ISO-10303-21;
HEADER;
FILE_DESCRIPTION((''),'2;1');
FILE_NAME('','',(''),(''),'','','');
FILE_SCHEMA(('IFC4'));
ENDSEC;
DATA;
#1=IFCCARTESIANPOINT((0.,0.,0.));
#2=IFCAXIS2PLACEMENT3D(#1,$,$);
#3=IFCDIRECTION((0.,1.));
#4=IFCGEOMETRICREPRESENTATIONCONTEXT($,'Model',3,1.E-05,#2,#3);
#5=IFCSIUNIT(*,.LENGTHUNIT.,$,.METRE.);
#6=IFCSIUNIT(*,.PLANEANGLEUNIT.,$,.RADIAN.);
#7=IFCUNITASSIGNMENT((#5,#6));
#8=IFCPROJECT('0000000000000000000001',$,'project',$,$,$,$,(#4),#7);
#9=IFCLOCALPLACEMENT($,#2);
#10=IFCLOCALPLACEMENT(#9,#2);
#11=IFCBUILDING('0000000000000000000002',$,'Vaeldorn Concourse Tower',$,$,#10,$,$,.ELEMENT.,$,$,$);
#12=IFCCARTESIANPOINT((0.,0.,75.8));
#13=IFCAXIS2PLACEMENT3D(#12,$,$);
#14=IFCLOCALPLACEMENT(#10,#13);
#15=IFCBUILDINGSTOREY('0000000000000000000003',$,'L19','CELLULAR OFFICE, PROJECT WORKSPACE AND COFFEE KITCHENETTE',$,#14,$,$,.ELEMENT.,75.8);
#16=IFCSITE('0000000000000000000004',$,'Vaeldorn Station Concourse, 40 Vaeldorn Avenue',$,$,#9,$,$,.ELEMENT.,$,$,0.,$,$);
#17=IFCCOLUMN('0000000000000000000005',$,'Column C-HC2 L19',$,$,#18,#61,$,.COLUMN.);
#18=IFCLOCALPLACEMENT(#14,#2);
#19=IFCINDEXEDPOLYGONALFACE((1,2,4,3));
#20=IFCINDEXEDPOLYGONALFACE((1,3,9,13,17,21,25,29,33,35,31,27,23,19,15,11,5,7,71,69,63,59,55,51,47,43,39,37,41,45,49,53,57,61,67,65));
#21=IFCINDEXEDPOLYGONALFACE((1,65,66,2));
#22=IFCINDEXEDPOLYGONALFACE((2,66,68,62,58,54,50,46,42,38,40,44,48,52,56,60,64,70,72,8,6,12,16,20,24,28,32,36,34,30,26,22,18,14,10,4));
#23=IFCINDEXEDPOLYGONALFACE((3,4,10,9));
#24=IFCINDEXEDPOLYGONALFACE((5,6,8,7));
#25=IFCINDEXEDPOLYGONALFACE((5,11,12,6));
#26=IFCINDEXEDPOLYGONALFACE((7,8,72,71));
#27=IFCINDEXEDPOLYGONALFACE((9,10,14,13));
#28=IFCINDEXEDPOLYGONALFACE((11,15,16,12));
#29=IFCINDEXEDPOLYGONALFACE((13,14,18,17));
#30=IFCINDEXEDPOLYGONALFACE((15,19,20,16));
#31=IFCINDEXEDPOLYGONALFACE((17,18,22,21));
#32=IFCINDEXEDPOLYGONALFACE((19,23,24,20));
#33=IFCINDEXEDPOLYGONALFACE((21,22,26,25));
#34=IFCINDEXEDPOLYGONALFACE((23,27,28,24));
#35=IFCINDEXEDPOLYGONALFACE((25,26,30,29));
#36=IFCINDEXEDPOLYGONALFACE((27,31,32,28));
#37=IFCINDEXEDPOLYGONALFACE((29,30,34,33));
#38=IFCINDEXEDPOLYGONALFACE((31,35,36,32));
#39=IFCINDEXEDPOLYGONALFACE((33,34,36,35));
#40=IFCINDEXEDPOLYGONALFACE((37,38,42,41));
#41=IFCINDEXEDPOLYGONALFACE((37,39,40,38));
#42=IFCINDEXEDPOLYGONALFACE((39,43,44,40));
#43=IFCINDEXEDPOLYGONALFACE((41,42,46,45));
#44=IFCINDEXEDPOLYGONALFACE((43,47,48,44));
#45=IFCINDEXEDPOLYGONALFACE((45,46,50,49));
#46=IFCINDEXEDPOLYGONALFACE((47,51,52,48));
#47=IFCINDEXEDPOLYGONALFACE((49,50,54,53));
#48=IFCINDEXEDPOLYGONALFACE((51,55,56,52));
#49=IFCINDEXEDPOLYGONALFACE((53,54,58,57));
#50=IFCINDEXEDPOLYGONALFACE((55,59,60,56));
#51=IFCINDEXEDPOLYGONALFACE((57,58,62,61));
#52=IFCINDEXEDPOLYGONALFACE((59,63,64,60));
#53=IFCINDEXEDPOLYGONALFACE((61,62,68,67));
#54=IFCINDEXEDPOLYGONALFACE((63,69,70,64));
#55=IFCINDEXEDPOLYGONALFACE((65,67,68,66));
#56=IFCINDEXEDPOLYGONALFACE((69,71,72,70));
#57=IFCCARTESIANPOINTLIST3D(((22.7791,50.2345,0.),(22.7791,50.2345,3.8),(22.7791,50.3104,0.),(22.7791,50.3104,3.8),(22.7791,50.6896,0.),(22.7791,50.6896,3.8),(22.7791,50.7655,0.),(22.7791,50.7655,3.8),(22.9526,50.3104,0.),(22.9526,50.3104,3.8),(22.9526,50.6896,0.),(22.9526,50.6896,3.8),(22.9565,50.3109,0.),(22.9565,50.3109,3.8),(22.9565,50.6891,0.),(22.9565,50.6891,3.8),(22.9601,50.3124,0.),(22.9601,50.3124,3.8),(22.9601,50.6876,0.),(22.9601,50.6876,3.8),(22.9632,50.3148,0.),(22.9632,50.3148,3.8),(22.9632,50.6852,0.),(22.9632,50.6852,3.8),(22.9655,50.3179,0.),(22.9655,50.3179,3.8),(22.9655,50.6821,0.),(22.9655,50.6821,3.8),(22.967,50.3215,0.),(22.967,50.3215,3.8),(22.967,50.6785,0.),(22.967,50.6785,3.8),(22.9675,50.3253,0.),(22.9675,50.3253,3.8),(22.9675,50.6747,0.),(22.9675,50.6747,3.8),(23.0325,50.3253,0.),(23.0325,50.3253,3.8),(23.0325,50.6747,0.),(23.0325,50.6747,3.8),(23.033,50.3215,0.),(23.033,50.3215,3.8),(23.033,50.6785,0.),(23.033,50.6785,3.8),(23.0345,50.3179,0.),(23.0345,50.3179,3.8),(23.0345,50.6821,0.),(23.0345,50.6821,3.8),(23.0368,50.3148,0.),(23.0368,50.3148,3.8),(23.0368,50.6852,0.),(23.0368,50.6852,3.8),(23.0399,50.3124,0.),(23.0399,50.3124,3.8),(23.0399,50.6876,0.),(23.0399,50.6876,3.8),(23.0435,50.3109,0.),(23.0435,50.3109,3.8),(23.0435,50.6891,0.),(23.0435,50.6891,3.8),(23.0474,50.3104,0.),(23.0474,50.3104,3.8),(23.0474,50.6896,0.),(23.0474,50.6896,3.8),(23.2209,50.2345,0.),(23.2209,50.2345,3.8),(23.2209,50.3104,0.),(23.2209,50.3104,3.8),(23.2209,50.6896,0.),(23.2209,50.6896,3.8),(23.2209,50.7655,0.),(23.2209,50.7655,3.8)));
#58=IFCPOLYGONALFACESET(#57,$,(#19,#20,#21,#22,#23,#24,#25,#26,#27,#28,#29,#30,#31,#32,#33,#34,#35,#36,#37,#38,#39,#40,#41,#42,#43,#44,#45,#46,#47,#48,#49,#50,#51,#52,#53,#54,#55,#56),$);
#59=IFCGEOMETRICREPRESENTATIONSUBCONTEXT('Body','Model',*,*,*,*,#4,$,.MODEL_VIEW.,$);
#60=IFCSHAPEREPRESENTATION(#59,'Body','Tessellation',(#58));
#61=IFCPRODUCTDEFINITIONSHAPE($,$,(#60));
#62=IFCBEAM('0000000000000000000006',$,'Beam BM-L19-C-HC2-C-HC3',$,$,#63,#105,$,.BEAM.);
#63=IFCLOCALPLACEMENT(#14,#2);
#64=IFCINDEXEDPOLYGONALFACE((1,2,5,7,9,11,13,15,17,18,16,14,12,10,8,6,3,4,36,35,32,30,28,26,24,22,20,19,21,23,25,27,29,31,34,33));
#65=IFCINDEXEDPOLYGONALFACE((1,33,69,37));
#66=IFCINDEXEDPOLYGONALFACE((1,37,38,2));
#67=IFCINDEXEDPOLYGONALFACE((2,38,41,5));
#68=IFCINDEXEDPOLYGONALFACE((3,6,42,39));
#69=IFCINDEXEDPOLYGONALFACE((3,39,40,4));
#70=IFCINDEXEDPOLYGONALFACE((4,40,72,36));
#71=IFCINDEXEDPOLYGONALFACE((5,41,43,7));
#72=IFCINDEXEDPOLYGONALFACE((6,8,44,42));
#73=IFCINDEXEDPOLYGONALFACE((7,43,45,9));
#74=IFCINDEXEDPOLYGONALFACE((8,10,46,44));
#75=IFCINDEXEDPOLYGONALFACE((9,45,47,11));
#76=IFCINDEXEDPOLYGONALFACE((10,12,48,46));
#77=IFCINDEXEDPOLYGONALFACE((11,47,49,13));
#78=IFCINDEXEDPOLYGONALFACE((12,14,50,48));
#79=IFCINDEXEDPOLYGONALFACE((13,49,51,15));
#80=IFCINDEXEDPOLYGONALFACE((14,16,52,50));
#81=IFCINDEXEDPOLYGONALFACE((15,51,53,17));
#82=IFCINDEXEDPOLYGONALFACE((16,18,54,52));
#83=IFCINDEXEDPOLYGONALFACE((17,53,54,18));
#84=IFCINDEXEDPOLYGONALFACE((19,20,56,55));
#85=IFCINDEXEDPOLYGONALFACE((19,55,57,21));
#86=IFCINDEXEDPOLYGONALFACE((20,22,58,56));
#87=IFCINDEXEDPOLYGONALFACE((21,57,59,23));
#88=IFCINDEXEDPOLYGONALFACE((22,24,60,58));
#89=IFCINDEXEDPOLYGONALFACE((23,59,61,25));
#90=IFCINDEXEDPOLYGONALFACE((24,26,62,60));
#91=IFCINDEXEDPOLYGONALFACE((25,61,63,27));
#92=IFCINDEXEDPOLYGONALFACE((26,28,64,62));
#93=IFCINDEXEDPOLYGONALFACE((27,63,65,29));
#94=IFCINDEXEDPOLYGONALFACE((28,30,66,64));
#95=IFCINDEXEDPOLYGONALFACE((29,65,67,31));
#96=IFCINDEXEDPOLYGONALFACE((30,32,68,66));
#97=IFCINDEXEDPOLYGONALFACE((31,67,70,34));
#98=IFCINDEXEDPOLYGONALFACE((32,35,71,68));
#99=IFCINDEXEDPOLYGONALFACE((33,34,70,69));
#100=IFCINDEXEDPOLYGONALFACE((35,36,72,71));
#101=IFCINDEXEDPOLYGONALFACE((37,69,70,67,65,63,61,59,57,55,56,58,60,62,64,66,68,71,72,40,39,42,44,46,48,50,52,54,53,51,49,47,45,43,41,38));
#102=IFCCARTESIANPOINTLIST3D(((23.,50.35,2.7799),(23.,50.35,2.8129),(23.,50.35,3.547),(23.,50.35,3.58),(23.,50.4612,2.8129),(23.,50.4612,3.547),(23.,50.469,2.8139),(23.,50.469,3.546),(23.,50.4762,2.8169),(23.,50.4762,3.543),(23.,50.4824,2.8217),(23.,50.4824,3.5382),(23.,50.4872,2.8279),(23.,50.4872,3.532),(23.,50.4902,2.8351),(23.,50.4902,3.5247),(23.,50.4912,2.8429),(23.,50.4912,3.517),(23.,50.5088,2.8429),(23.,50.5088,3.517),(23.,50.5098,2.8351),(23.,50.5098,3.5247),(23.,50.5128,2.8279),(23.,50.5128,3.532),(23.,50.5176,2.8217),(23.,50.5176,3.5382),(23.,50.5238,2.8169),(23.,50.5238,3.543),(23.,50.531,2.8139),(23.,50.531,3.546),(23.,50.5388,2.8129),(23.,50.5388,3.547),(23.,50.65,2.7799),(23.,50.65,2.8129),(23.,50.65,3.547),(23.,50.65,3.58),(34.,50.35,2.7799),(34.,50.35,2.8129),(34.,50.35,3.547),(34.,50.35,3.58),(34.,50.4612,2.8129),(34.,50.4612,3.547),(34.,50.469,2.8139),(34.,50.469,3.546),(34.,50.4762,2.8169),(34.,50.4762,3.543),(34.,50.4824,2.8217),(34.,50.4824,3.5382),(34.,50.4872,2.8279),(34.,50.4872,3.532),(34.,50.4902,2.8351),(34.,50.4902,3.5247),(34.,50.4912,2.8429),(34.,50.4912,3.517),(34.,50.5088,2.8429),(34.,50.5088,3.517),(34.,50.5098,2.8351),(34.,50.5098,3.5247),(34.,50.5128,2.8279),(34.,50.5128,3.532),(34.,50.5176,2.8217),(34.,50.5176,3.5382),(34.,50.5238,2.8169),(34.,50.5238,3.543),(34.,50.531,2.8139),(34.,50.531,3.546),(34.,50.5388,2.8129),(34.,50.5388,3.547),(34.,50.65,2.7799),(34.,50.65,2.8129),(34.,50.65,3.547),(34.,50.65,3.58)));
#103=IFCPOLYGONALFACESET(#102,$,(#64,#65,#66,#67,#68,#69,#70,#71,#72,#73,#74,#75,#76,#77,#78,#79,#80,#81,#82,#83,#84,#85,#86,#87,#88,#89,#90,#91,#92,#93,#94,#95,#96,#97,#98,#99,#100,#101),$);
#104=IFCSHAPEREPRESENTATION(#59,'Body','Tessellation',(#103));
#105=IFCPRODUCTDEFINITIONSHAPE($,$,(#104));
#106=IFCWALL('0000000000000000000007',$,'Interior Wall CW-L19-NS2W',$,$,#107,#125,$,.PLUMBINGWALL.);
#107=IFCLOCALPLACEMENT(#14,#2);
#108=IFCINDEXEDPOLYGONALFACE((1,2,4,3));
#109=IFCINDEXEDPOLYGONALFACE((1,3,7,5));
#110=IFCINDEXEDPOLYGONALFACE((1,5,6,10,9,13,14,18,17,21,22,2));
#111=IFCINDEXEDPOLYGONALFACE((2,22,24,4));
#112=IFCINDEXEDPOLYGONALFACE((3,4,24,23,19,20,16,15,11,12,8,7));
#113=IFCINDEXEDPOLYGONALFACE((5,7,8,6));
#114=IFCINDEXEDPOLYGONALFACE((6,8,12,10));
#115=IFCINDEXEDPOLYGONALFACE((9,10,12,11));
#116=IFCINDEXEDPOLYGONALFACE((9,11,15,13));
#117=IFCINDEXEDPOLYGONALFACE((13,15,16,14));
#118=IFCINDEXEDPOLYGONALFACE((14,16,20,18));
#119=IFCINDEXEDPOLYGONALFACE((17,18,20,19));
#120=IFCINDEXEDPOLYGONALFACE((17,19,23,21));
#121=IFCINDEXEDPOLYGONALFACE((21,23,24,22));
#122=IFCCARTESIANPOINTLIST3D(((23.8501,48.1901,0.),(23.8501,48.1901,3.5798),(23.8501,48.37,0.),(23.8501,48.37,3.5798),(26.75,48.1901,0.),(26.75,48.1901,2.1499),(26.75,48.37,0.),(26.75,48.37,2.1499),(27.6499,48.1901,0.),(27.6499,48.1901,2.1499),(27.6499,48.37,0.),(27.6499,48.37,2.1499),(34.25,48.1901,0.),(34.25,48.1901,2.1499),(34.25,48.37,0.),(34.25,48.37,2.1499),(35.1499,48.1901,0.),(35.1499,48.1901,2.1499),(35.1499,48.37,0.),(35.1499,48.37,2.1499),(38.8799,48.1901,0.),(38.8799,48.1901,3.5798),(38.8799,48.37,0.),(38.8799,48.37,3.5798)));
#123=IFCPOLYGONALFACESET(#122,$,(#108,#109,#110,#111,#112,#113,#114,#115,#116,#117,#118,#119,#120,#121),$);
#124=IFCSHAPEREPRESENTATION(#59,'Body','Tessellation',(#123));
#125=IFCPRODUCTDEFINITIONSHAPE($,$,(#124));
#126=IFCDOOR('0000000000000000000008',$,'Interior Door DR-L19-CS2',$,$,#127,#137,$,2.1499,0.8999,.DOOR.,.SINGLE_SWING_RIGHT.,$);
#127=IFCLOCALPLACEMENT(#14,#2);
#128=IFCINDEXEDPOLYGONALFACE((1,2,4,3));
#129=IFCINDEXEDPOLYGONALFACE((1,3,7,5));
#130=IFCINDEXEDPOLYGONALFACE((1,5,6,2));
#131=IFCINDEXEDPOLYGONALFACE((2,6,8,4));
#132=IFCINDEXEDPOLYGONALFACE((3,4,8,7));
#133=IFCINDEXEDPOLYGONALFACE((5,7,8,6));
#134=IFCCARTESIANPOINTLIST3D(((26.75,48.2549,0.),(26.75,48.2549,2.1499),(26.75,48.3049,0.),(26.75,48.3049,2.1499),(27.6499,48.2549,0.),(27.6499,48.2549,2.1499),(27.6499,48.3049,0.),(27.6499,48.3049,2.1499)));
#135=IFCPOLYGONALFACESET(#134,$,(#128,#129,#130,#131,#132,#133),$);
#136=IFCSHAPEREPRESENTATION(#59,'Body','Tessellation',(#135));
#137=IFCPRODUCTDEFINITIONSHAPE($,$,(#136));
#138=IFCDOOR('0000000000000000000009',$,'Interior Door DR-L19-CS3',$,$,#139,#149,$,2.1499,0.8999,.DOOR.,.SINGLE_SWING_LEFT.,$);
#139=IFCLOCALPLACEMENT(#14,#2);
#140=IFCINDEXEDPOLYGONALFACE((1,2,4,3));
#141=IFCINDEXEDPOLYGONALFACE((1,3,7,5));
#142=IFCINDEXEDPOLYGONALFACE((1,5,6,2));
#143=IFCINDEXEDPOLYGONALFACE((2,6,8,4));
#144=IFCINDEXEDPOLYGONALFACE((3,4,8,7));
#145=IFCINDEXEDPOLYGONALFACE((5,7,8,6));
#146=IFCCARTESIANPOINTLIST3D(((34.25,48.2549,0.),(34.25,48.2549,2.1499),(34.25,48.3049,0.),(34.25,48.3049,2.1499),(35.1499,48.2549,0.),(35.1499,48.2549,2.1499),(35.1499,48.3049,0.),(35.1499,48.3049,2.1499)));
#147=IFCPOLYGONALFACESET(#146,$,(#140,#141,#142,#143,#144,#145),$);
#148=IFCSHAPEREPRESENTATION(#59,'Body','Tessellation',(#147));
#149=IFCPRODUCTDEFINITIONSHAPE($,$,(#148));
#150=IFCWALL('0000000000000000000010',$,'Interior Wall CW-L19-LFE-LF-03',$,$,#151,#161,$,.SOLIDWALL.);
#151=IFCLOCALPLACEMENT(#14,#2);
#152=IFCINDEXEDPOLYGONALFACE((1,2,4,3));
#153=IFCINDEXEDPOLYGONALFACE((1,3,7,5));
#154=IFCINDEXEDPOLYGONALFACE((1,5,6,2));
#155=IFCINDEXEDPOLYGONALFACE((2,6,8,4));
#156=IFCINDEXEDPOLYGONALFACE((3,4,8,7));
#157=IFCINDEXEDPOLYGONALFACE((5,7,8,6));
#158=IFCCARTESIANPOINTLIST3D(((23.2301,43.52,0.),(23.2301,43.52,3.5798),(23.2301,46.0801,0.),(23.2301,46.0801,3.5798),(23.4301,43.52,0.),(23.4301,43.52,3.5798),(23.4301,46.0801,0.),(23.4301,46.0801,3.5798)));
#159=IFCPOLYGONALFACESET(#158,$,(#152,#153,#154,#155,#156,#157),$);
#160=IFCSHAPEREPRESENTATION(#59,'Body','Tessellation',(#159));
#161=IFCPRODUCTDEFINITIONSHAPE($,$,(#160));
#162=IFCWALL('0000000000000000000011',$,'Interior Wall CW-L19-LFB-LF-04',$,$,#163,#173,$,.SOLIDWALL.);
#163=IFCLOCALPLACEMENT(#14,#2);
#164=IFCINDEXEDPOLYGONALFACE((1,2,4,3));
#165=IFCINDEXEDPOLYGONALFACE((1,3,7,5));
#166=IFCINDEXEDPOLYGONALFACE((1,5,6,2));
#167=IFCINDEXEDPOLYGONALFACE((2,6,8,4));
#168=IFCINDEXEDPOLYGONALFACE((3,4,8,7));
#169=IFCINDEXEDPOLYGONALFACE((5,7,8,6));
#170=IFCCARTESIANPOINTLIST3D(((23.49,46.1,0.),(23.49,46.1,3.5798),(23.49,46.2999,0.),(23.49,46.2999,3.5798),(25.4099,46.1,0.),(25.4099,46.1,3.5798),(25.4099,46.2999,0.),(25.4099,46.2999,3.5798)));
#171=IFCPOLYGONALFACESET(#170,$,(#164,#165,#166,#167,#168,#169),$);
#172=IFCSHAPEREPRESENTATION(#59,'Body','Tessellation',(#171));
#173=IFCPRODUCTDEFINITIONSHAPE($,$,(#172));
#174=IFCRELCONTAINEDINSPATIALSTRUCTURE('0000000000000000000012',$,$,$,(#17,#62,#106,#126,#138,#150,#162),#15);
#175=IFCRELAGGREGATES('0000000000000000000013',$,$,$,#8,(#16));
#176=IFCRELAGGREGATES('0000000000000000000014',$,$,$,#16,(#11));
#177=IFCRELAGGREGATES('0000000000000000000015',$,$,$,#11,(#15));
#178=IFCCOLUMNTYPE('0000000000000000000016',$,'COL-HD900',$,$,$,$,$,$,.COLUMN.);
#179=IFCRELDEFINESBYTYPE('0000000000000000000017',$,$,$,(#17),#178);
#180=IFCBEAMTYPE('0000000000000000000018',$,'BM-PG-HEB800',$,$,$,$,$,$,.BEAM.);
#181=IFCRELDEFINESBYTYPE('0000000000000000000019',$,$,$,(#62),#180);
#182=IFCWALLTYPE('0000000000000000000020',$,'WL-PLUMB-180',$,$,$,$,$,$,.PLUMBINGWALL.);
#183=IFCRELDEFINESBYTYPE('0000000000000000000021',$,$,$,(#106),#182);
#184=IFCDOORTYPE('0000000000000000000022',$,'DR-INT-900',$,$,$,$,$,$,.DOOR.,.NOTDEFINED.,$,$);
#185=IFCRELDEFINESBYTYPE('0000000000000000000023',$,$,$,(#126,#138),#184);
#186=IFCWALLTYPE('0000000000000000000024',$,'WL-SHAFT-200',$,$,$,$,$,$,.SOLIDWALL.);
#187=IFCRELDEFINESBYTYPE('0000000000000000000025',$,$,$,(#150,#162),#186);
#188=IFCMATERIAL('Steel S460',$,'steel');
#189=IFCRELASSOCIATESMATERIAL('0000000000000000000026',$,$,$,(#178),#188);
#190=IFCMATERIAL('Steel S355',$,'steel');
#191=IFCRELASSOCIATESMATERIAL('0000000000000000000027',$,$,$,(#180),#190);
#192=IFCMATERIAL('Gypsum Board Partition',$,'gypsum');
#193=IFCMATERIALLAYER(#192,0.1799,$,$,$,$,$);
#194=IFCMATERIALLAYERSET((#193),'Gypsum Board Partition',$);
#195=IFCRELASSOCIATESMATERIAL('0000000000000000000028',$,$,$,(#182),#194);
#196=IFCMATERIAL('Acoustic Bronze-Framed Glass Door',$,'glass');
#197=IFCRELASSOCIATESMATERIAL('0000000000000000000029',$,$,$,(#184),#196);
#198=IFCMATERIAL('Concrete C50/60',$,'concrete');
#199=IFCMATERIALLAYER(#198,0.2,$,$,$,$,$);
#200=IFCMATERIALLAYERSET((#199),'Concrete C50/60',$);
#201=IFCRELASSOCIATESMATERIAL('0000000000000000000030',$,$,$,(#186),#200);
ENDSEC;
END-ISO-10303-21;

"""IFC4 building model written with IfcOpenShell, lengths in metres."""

from ifc_helpers import new_model, si_unit, direction, frame, frame_2d, origin, origin_2d, place, context, subcontext, project, spatial, rectangle, i_section, extrude, source, transform, mapped, material, layer, layer_set, material_profile, profile_set, type_object, element, fill, save


model = new_model("IFC4")

# Units and contexts
model_context = context("Model", 3, precision=1e-05, world=origin(), true_north=direction((0.0, 1.0)))
body_context = subcontext(model_context, "Body", "Model", "MODEL_VIEW")
ifc_project = project(units=[si_unit("LENGTHUNIT", "METRE"), si_unit("PLANEANGLEUNIT", "RADIAN")], contexts=[model_context])

# Site, building, storey
site_placement = place(None, origin())
site = spatial("IfcSite", under=ifc_project, at=site_placement, Name="Vaeldorn Station Concourse, 40 Vaeldorn Avenue", CompositionType="ELEMENT", RefElevation=0.0)
building_placement = place(site_placement, origin())
building = spatial("IfcBuilding", under=site, at=building_placement, Name="Vaeldorn Concourse Tower", CompositionType="ELEMENT")
storey_placement = place(building_placement, frame((0.0, 0.0, 75.8)))
storey = spatial("IfcBuildingStorey", under=building, at=storey_placement, Name="L19", Description="CELLULAR OFFICE, PROJECT WORKSPACE AND COFFEE KITCHENETTE", CompositionType="ELEMENT", Elevation=75.8)

# Column
ifc_material_1 = material(Name="Steel S460", Category="steel")
ifc_material_profile_1 = material_profile(ifc_material_1, i_section(OverallWidth=0.4419, OverallDepth=0.531, WebThickness=0.0649, FlangeThickness=0.0759, FilletRadius=0.0149, at=origin_2d()), Name="HD 400x900")
ifc_profile_set_1 = profile_set([ifc_material_profile_1], Name="Steel S460")
column_type = type_object("IfcColumnType", Name="COL-HD900", PredefinedType="COLUMN", material=ifc_profile_set_1)
shared_shape_1 = source(origin(), body_context, "Body", "SweptSolid", [
    extrude(i_section(OverallWidth=0.4419, OverallDepth=0.531, WebThickness=0.0649, FlangeThickness=0.0759, FilletRadius=0.0149, at=origin_2d()), origin(), (0.0, 0.0, 1.0), 3.8),
])
column_placement = place(storey_placement, frame((23.0, 50.5, 0.0), z_axis=(0.0, 0.0, 1.0), x_axis=(1.0, 0.0, 0.0)))
element("IfcColumn", 1, at=column_placement, inside=storey, type_object=column_type, Name="Column C-HC2 L19", PredefinedType="COLUMN", context=body_context, shape_type="MappedRepresentation", body=[
    mapped(shared_shape_1, transform((0.0, 0.0, 0.0), scale=1.0)),
])

# Beam
ifc_material_2 = material(Name="Steel S355", Category="steel")
ifc_material_profile_2 = material_profile(ifc_material_2, i_section(OverallWidth=0.3, OverallDepth=0.8, WebThickness=0.0176, FlangeThickness=0.033, FilletRadius=0.03, at=origin_2d()), Name="HEB 800")
ifc_profile_set_2 = profile_set([ifc_material_profile_2], Name="Steel S355")
beam_type = type_object("IfcBeamType", Name="BM-PG-HEB800", PredefinedType="BEAM", material=ifc_profile_set_2)
shared_shape_2 = source(origin(), body_context, "Body", "SweptSolid", [
    extrude(i_section(OverallWidth=0.3, OverallDepth=0.8, WebThickness=0.0176, FlangeThickness=0.033, FilletRadius=0.03, at=origin_2d()), origin(), (0.0, 0.0, 1.0), 11.0),
])
beam_placement = place(storey_placement, frame((23.0, 50.5, 3.1799), z_axis=(1.0, 0.0, 0.0), x_axis=(0.0, 1.0, 0.0)))
element("IfcBeam", 2, at=beam_placement, inside=storey, type_object=beam_type, Name="Beam BM-L19-C-HC2-C-HC3", PredefinedType="BEAM", context=body_context, shape_type="MappedRepresentation", body=[
    mapped(shared_shape_2, transform((0.0, 0.0, 0.0), scale=1.0)),
])

# Wall, openings, doors
ifc_material_3 = material(Name="Gypsum Board Partition", Category="gypsum")
ifc_layer_1 = layer(ifc_material_3, 0.1799)
ifc_layer_set_1 = layer_set([ifc_layer_1], Name="Gypsum Board Partition")
wall_type_1 = type_object("IfcWallType", Name="WL-PLUMB-180", PredefinedType="PLUMBINGWALL", material=ifc_layer_set_1)
wall_1_placement = place(storey_placement, frame((23.8501, 48.28, 0.0), z_axis=(0.0, 0.0, 1.0), x_axis=(1.0, 0.0, 0.0)))
wall_1 = element("IfcWall", 3, at=wall_1_placement, inside=storey, type_object=wall_type_1, Name="Interior Wall CW-L19-NS2W", PredefinedType="PLUMBINGWALL", context=body_context, shape_type="SweptSolid", body=[
    extrude(rectangle(XDim=15.0298, YDim=0.1799, at=frame_2d((7.5149, 0.0))), origin(), (0.0, 0.0, 1.0), 3.5798),
])
opening_1_placement = place(wall_1_placement, frame((2.8999, 0.0, 0.0)))
opening_1 = element("IfcOpeningElement", 4, at=opening_1_placement, cuts=wall_1, PredefinedType="OPENING", context=body_context, shape_type="SweptSolid", body=[
    extrude(rectangle(XDim=0.8999, YDim=2.1499, at=frame_2d((0.45, 1.075))), frame((0.0, 0.1001, 0.0), z_axis=(0.0, -1.0, 0.0), x_axis=(1.0, 0.0, 0.0)), (0.0, 0.0, 1.0), 0.2),
])
opening_2_placement = place(wall_1_placement, frame((10.3999, 0.0, 0.0)))
opening_2 = element("IfcOpeningElement", 5, at=opening_2_placement, cuts=wall_1, PredefinedType="OPENING", context=body_context, shape_type="SweptSolid", body=[
    extrude(rectangle(XDim=0.8999, YDim=2.1499, at=frame_2d((0.45, 1.075))), frame((0.0, 0.1001, 0.0), z_axis=(0.0, -1.0, 0.0), x_axis=(1.0, 0.0, 0.0)), (0.0, 0.0, 1.0), 0.2),
])
ifc_material_4 = material(Name="Acoustic Bronze-Framed Glass Door", Category="glass")
door_type_1 = type_object("IfcDoorType", Name="DR-INT-900", OperationType="NOTDEFINED", PredefinedType="DOOR", material=ifc_material_4)
shared_shape_3 = source(origin(), body_context, "Body", "SweptSolid", [
    extrude(rectangle(XDim=0.8999, YDim=2.1499, at=frame_2d((0.45, 1.075))), frame((0.0, 0.0249, 0.0), z_axis=(0.0, -1.0, 0.0), x_axis=(1.0, 0.0, 0.0)), (0.0, 0.0, 1.0), 0.05),
])
door_1_placement = place(opening_1_placement, origin())
door_1 = element("IfcDoor", 6, at=door_1_placement, inside=storey, type_object=door_type_1, Name="Interior Door DR-L19-CS2", OperationType="SINGLE_SWING_RIGHT", OverallHeight=2.1499, OverallWidth=0.8999, PredefinedType="DOOR", context=body_context, shape_type="MappedRepresentation", body=[
    mapped(shared_shape_3, transform((0.0, 0.0, 0.0), scale=1.0)),
])
fill(opening_1, door_1)
door_2_placement = place(opening_2_placement, origin())
door_2 = element("IfcDoor", 7, at=door_2_placement, inside=storey, type_object=door_type_1, Name="Interior Door DR-L19-CS3", OperationType="SINGLE_SWING_LEFT", OverallHeight=2.1499, OverallWidth=0.8999, PredefinedType="DOOR", context=body_context, shape_type="MappedRepresentation", body=[
    mapped(shared_shape_3, transform((0.0, 0.0, 0.0), scale=1.0)),
])
fill(opening_2, door_2)

# Wall
ifc_material_5 = material(Name="Concrete C50/60", Category="concrete")
ifc_layer_2 = layer(ifc_material_5, 0.2)
ifc_layer_set_2 = layer_set([ifc_layer_2], Name="Concrete C50/60")
wall_type_2 = type_object("IfcWallType", Name="WL-SHAFT-200", PredefinedType="SOLIDWALL", material=ifc_layer_set_2)
wall_2_placement = place(storey_placement, frame((23.3301, 43.52, 0.0), z_axis=(0.0, 0.0, 1.0), x_axis=(0.0, 1.0, 0.0)))
element("IfcWall", 8, at=wall_2_placement, inside=storey, type_object=wall_type_2, Name="Interior Wall CW-L19-LFE-LF-03", PredefinedType="SOLIDWALL", context=body_context, shape_type="SweptSolid", body=[
    extrude(rectangle(XDim=2.5601, YDim=0.2, at=frame_2d((1.28, 0.0))), origin(), (0.0, 0.0, 1.0), 3.5798),
])

# Wall
wall_3_placement = place(storey_placement, frame((23.49, 46.2, 0.0), z_axis=(0.0, 0.0, 1.0), x_axis=(1.0, 0.0, 0.0)))
element("IfcWall", 9, at=wall_3_placement, inside=storey, type_object=wall_type_2, Name="Interior Wall CW-L19-LFB-LF-04", PredefinedType="SOLIDWALL", context=body_context, shape_type="SweptSolid", body=[
    extrude(rectangle(XDim=1.9199, YDim=0.2, at=frame_2d((0.96, 0.0))), origin(), (0.0, 0.0, 1.0), 3.5798),
])

save(model, "model.ifc")
